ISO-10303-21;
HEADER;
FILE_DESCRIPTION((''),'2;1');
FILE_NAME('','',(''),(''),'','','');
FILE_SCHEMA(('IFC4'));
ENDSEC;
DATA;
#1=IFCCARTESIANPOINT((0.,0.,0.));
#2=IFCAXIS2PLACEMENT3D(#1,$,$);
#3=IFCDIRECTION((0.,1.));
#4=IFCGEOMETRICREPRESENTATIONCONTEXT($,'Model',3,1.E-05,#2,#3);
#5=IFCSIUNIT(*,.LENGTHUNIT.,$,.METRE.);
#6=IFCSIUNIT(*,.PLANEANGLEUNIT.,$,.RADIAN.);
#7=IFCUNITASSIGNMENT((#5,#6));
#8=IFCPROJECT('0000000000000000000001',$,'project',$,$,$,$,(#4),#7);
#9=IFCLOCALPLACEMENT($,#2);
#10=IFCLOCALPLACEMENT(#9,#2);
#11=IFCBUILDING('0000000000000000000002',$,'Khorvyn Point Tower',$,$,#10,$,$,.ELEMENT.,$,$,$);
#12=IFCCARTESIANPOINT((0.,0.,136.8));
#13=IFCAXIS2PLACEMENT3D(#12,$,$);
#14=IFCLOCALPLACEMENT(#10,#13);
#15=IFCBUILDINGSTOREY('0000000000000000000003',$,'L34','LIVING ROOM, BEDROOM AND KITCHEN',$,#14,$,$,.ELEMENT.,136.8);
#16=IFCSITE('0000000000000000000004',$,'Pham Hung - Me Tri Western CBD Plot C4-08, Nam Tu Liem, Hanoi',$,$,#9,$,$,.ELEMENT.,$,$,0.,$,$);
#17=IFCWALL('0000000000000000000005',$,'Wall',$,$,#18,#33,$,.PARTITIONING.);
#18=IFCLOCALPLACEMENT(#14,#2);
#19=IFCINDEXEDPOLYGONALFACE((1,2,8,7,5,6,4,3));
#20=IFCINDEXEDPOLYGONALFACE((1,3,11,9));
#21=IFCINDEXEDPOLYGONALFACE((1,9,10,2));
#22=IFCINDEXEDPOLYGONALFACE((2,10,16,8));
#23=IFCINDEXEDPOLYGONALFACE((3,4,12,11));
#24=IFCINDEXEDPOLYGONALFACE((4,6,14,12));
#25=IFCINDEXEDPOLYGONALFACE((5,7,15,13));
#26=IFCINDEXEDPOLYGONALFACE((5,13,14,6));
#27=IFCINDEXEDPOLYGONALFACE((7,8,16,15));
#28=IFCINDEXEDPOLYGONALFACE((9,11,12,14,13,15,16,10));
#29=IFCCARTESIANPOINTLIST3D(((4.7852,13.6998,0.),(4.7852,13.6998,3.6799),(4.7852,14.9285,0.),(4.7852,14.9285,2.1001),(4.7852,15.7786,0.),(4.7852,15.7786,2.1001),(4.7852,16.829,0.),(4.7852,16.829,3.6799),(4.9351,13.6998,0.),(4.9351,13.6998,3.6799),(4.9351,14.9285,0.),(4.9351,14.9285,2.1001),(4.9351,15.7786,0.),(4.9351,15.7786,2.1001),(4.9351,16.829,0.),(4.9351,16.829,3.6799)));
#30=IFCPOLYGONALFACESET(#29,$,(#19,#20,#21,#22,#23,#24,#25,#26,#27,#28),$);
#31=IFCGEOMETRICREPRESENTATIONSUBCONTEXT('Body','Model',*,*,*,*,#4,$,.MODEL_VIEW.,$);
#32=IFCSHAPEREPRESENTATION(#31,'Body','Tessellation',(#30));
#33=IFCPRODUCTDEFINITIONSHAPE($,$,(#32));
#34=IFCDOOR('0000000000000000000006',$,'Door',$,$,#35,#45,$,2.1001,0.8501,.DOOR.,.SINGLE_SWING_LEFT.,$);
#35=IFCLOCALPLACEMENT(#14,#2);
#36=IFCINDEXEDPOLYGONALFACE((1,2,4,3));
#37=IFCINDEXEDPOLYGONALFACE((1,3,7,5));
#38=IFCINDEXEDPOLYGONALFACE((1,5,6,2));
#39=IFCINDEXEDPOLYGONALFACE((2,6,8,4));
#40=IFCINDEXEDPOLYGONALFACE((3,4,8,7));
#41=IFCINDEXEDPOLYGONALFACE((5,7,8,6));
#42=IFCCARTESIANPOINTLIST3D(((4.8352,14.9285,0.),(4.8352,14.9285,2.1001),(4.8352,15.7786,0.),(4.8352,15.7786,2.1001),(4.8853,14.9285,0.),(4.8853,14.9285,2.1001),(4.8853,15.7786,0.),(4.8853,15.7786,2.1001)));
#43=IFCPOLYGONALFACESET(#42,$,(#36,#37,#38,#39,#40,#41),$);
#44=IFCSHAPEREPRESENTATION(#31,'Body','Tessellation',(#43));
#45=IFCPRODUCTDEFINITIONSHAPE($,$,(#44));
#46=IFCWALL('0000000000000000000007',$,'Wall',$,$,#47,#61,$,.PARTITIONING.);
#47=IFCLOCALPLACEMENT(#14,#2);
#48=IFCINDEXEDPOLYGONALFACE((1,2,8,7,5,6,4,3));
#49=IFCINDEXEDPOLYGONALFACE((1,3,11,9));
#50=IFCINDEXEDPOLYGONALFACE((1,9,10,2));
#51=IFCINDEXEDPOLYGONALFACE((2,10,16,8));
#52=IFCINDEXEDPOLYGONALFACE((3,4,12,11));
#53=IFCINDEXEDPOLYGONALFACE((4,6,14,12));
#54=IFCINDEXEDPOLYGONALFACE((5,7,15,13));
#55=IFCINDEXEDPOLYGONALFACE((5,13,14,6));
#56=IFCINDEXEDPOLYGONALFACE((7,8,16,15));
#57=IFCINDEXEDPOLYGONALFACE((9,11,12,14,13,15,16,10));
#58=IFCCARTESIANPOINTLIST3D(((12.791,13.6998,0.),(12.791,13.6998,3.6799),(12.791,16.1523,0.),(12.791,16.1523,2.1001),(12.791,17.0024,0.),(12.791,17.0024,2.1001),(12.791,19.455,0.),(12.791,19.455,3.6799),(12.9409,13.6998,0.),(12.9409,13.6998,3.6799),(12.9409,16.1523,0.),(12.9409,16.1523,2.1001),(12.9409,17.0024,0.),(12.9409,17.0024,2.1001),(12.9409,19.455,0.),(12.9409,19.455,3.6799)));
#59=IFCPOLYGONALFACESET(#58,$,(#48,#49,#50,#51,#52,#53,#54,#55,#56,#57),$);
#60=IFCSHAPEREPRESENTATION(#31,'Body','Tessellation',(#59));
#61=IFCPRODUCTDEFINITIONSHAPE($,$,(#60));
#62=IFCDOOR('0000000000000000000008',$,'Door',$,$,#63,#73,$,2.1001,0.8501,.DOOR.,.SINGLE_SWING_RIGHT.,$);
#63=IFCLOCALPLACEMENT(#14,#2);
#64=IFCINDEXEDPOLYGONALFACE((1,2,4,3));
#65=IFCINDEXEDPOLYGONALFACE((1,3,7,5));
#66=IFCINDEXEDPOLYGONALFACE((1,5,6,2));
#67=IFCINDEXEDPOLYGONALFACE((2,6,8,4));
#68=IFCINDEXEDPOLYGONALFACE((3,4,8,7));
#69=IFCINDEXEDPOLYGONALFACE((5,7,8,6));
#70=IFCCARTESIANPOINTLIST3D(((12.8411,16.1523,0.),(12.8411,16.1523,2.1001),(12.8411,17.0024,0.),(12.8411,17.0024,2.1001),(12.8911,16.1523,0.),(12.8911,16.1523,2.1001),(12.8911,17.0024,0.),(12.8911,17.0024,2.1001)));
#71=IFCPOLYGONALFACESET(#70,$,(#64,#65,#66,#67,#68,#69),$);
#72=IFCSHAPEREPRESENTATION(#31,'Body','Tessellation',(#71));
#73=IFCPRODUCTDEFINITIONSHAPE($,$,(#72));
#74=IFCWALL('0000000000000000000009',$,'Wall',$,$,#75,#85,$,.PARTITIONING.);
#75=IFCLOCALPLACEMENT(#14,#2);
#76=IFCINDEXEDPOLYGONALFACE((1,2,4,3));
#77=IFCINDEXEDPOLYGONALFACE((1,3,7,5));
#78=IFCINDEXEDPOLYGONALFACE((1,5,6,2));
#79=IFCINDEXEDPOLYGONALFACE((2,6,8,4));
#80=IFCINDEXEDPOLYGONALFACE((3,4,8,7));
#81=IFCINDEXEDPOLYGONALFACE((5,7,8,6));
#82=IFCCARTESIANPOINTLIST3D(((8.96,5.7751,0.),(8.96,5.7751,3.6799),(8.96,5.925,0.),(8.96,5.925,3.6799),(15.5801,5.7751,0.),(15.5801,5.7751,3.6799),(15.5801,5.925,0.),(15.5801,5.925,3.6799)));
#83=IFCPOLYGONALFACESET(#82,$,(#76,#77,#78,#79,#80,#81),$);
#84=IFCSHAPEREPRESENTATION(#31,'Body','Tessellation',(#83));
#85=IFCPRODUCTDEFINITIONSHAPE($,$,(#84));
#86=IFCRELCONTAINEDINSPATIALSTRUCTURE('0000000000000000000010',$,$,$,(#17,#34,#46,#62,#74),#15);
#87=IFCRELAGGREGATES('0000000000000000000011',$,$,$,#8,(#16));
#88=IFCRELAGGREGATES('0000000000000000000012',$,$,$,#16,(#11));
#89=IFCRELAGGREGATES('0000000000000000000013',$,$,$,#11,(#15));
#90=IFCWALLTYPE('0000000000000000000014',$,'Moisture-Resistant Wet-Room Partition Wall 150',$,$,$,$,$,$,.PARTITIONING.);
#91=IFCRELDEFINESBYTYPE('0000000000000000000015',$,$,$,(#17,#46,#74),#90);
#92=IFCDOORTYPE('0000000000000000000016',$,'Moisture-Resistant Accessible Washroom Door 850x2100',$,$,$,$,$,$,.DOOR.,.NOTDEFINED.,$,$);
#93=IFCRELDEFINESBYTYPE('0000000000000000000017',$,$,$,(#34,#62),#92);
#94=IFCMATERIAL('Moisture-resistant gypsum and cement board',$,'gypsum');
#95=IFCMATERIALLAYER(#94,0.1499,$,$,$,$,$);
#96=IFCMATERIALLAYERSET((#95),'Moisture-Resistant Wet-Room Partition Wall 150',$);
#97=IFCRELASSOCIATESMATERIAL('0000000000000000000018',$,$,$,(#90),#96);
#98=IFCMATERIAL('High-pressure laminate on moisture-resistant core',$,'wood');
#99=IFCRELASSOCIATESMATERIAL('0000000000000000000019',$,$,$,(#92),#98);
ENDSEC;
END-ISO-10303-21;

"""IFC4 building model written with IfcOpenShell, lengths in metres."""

from ifc_helpers import new_model, si_unit, direction, frame, frame_2d, origin, place, context, subcontext, project, spatial, rectangle, extrude, material, layer, layer_set, type_object, element, fill, save


model = new_model("IFC4")

# Units and contexts
model_context = context("Model", 3, precision=1e-05, world=origin(), true_north=direction((0.0, 1.0)))
body_context = subcontext(model_context, "Body", "Model", "MODEL_VIEW")
ifc_project = project(units=[si_unit("LENGTHUNIT", "METRE"), si_unit("PLANEANGLEUNIT", "RADIAN")], contexts=[model_context])

# Site, building, storey
site_placement = place(None, origin())
site = spatial("IfcSite", under=ifc_project, at=site_placement, Name="Pham Hung - Me Tri Western CBD Plot C4-08, Nam Tu Liem, Hanoi", CompositionType="ELEMENT", RefElevation=0.0)
building_placement = place(site_placement, origin())
building = spatial("IfcBuilding", under=site, at=building_placement, Name="Khorvyn Point Tower", CompositionType="ELEMENT")
storey_placement = place(building_placement, frame((0.0, 0.0, 136.8)))
storey = spatial("IfcBuildingStorey", under=building, at=storey_placement, Name="L34", Description="LIVING ROOM, BEDROOM AND KITCHEN", CompositionType="ELEMENT", Elevation=136.8)

# Walls, openings, doors
ifc_material_1 = material(Name="Moisture-resistant gypsum and cement board", Category="gypsum")
ifc_layer_1 = layer(ifc_material_1, 0.1499)
ifc_layer_set_1 = layer_set([ifc_layer_1], Name="Moisture-Resistant Wet-Room Partition Wall 150")
wall_type_1 = type_object("IfcWallType", Name="Moisture-Resistant Wet-Room Partition Wall 150", PredefinedType="PARTITIONING", material=ifc_layer_set_1)
wall_1_placement = place(storey_placement, frame((4.8601, 13.7, 0.0), z_axis=(0.0, 0.0, 1.0), x_axis=(0.0, 1.0, 0.0)))
wall_1 = element("IfcWall", 1, at=wall_1_placement, inside=storey, type_object=wall_type_1, Name="Wall", PredefinedType="PARTITIONING", context=body_context, shape_type="SweptSolid", body=[
    extrude(rectangle(XDim=3.1292, YDim=0.1499, at=frame_2d((1.5645, 0.0))), origin(), (0.0, 0.0, 1.0), 3.6799),
])
opening_1_placement = place(wall_1_placement, frame((1.2285, 0.0, 0.0)))
opening_1 = element("IfcOpeningElement", 2, at=opening_1_placement, cuts=wall_1, PredefinedType="OPENING", context=body_context, shape_type="SweptSolid", body=[
    extrude(rectangle(XDim=0.8501, YDim=2.1001, at=frame_2d((0.425, 1.05))), frame((0.0, 0.085, 0.0), z_axis=(0.0, -1.0, 0.0), x_axis=(1.0, 0.0, 0.0)), (0.0, 0.0, 1.0), 0.1699),
])
ifc_material_2 = material(Name="High-pressure laminate on moisture-resistant core", Category="wood")
door_type_1 = type_object("IfcDoorType", Name="Moisture-Resistant Accessible Washroom Door 850x2100", OperationType="NOTDEFINED", PredefinedType="DOOR", material=ifc_material_2)
door_1_placement = place(opening_1_placement, origin())
door_1 = element("IfcDoor", 3, at=door_1_placement, inside=storey, type_object=door_type_1, Name="Door", OperationType="SINGLE_SWING_LEFT", OverallHeight=2.1001, OverallWidth=0.8501, PredefinedType="DOOR", context=body_context, shape_type="SweptSolid", body=[
    extrude(rectangle(XDim=0.8501, YDim=2.1001, at=frame_2d((0.425, 1.05))), frame((0.0, 0.0249, 0.0), z_axis=(0.0, -1.0, 0.0), x_axis=(1.0, 0.0, 0.0)), (0.0, 0.0, 1.0), 0.05),
])
fill(opening_1, door_1)
wall_2_placement = place(storey_placement, frame((12.866, 13.7, 0.0), z_axis=(0.0, 0.0, 1.0), x_axis=(0.0, 1.0, 0.0)))
wall_2 = element("IfcWall", 4, at=wall_2_placement, inside=storey, type_object=wall_type_1, Name="Wall", PredefinedType="PARTITIONING", context=body_context, shape_type="SweptSolid", body=[
    extrude(rectangle(XDim=5.7551, YDim=0.1499, at=frame_2d((2.8774, 0.0))), origin(), (0.0, 0.0, 1.0), 3.6799),
])
opening_2_placement = place(wall_2_placement, frame((2.4524, 0.0, 0.0)))
opening_2 = element("IfcOpeningElement", 5, at=opening_2_placement, cuts=wall_2, PredefinedType="OPENING", context=body_context, shape_type="SweptSolid", body=[
    extrude(rectangle(XDim=0.8501, YDim=2.1001, at=frame_2d((0.425, 1.05))), frame((0.0, 0.085, 0.0), z_axis=(0.0, -1.0, 0.0), x_axis=(1.0, 0.0, 0.0)), (0.0, 0.0, 1.0), 0.1699),
])
door_2_placement = place(opening_2_placement, origin())
door_2 = element("IfcDoor", 6, at=door_2_placement, inside=storey, type_object=door_type_1, Name="Door", OperationType="SINGLE_SWING_RIGHT", OverallHeight=2.1001, OverallWidth=0.8501, PredefinedType="DOOR", context=body_context, shape_type="SweptSolid", body=[
    extrude(rectangle(XDim=0.8501, YDim=2.1001, at=frame_2d((0.425, 1.05))), frame((0.0, 0.0249, 0.0), z_axis=(0.0, -1.0, 0.0), x_axis=(1.0, 0.0, 0.0)), (0.0, 0.0, 1.0), 0.05),
])
fill(opening_2, door_2)

# Wall
wall_3_placement = place(storey_placement, frame((8.96, 5.8501, 0.0), z_axis=(0.0, 0.0, 1.0), x_axis=(1.0, 0.0, 0.0)))
element("IfcWall", 7, at=wall_3_placement, inside=storey, type_object=wall_type_1, Name="Wall", PredefinedType="PARTITIONING", context=body_context, shape_type="SweptSolid", body=[
    extrude(rectangle(XDim=6.6201, YDim=0.1499, at=frame_2d((3.3101, 0.0))), origin(), (0.0, 0.0, 1.0), 3.6799),
])

save(model, "model.ifc")
